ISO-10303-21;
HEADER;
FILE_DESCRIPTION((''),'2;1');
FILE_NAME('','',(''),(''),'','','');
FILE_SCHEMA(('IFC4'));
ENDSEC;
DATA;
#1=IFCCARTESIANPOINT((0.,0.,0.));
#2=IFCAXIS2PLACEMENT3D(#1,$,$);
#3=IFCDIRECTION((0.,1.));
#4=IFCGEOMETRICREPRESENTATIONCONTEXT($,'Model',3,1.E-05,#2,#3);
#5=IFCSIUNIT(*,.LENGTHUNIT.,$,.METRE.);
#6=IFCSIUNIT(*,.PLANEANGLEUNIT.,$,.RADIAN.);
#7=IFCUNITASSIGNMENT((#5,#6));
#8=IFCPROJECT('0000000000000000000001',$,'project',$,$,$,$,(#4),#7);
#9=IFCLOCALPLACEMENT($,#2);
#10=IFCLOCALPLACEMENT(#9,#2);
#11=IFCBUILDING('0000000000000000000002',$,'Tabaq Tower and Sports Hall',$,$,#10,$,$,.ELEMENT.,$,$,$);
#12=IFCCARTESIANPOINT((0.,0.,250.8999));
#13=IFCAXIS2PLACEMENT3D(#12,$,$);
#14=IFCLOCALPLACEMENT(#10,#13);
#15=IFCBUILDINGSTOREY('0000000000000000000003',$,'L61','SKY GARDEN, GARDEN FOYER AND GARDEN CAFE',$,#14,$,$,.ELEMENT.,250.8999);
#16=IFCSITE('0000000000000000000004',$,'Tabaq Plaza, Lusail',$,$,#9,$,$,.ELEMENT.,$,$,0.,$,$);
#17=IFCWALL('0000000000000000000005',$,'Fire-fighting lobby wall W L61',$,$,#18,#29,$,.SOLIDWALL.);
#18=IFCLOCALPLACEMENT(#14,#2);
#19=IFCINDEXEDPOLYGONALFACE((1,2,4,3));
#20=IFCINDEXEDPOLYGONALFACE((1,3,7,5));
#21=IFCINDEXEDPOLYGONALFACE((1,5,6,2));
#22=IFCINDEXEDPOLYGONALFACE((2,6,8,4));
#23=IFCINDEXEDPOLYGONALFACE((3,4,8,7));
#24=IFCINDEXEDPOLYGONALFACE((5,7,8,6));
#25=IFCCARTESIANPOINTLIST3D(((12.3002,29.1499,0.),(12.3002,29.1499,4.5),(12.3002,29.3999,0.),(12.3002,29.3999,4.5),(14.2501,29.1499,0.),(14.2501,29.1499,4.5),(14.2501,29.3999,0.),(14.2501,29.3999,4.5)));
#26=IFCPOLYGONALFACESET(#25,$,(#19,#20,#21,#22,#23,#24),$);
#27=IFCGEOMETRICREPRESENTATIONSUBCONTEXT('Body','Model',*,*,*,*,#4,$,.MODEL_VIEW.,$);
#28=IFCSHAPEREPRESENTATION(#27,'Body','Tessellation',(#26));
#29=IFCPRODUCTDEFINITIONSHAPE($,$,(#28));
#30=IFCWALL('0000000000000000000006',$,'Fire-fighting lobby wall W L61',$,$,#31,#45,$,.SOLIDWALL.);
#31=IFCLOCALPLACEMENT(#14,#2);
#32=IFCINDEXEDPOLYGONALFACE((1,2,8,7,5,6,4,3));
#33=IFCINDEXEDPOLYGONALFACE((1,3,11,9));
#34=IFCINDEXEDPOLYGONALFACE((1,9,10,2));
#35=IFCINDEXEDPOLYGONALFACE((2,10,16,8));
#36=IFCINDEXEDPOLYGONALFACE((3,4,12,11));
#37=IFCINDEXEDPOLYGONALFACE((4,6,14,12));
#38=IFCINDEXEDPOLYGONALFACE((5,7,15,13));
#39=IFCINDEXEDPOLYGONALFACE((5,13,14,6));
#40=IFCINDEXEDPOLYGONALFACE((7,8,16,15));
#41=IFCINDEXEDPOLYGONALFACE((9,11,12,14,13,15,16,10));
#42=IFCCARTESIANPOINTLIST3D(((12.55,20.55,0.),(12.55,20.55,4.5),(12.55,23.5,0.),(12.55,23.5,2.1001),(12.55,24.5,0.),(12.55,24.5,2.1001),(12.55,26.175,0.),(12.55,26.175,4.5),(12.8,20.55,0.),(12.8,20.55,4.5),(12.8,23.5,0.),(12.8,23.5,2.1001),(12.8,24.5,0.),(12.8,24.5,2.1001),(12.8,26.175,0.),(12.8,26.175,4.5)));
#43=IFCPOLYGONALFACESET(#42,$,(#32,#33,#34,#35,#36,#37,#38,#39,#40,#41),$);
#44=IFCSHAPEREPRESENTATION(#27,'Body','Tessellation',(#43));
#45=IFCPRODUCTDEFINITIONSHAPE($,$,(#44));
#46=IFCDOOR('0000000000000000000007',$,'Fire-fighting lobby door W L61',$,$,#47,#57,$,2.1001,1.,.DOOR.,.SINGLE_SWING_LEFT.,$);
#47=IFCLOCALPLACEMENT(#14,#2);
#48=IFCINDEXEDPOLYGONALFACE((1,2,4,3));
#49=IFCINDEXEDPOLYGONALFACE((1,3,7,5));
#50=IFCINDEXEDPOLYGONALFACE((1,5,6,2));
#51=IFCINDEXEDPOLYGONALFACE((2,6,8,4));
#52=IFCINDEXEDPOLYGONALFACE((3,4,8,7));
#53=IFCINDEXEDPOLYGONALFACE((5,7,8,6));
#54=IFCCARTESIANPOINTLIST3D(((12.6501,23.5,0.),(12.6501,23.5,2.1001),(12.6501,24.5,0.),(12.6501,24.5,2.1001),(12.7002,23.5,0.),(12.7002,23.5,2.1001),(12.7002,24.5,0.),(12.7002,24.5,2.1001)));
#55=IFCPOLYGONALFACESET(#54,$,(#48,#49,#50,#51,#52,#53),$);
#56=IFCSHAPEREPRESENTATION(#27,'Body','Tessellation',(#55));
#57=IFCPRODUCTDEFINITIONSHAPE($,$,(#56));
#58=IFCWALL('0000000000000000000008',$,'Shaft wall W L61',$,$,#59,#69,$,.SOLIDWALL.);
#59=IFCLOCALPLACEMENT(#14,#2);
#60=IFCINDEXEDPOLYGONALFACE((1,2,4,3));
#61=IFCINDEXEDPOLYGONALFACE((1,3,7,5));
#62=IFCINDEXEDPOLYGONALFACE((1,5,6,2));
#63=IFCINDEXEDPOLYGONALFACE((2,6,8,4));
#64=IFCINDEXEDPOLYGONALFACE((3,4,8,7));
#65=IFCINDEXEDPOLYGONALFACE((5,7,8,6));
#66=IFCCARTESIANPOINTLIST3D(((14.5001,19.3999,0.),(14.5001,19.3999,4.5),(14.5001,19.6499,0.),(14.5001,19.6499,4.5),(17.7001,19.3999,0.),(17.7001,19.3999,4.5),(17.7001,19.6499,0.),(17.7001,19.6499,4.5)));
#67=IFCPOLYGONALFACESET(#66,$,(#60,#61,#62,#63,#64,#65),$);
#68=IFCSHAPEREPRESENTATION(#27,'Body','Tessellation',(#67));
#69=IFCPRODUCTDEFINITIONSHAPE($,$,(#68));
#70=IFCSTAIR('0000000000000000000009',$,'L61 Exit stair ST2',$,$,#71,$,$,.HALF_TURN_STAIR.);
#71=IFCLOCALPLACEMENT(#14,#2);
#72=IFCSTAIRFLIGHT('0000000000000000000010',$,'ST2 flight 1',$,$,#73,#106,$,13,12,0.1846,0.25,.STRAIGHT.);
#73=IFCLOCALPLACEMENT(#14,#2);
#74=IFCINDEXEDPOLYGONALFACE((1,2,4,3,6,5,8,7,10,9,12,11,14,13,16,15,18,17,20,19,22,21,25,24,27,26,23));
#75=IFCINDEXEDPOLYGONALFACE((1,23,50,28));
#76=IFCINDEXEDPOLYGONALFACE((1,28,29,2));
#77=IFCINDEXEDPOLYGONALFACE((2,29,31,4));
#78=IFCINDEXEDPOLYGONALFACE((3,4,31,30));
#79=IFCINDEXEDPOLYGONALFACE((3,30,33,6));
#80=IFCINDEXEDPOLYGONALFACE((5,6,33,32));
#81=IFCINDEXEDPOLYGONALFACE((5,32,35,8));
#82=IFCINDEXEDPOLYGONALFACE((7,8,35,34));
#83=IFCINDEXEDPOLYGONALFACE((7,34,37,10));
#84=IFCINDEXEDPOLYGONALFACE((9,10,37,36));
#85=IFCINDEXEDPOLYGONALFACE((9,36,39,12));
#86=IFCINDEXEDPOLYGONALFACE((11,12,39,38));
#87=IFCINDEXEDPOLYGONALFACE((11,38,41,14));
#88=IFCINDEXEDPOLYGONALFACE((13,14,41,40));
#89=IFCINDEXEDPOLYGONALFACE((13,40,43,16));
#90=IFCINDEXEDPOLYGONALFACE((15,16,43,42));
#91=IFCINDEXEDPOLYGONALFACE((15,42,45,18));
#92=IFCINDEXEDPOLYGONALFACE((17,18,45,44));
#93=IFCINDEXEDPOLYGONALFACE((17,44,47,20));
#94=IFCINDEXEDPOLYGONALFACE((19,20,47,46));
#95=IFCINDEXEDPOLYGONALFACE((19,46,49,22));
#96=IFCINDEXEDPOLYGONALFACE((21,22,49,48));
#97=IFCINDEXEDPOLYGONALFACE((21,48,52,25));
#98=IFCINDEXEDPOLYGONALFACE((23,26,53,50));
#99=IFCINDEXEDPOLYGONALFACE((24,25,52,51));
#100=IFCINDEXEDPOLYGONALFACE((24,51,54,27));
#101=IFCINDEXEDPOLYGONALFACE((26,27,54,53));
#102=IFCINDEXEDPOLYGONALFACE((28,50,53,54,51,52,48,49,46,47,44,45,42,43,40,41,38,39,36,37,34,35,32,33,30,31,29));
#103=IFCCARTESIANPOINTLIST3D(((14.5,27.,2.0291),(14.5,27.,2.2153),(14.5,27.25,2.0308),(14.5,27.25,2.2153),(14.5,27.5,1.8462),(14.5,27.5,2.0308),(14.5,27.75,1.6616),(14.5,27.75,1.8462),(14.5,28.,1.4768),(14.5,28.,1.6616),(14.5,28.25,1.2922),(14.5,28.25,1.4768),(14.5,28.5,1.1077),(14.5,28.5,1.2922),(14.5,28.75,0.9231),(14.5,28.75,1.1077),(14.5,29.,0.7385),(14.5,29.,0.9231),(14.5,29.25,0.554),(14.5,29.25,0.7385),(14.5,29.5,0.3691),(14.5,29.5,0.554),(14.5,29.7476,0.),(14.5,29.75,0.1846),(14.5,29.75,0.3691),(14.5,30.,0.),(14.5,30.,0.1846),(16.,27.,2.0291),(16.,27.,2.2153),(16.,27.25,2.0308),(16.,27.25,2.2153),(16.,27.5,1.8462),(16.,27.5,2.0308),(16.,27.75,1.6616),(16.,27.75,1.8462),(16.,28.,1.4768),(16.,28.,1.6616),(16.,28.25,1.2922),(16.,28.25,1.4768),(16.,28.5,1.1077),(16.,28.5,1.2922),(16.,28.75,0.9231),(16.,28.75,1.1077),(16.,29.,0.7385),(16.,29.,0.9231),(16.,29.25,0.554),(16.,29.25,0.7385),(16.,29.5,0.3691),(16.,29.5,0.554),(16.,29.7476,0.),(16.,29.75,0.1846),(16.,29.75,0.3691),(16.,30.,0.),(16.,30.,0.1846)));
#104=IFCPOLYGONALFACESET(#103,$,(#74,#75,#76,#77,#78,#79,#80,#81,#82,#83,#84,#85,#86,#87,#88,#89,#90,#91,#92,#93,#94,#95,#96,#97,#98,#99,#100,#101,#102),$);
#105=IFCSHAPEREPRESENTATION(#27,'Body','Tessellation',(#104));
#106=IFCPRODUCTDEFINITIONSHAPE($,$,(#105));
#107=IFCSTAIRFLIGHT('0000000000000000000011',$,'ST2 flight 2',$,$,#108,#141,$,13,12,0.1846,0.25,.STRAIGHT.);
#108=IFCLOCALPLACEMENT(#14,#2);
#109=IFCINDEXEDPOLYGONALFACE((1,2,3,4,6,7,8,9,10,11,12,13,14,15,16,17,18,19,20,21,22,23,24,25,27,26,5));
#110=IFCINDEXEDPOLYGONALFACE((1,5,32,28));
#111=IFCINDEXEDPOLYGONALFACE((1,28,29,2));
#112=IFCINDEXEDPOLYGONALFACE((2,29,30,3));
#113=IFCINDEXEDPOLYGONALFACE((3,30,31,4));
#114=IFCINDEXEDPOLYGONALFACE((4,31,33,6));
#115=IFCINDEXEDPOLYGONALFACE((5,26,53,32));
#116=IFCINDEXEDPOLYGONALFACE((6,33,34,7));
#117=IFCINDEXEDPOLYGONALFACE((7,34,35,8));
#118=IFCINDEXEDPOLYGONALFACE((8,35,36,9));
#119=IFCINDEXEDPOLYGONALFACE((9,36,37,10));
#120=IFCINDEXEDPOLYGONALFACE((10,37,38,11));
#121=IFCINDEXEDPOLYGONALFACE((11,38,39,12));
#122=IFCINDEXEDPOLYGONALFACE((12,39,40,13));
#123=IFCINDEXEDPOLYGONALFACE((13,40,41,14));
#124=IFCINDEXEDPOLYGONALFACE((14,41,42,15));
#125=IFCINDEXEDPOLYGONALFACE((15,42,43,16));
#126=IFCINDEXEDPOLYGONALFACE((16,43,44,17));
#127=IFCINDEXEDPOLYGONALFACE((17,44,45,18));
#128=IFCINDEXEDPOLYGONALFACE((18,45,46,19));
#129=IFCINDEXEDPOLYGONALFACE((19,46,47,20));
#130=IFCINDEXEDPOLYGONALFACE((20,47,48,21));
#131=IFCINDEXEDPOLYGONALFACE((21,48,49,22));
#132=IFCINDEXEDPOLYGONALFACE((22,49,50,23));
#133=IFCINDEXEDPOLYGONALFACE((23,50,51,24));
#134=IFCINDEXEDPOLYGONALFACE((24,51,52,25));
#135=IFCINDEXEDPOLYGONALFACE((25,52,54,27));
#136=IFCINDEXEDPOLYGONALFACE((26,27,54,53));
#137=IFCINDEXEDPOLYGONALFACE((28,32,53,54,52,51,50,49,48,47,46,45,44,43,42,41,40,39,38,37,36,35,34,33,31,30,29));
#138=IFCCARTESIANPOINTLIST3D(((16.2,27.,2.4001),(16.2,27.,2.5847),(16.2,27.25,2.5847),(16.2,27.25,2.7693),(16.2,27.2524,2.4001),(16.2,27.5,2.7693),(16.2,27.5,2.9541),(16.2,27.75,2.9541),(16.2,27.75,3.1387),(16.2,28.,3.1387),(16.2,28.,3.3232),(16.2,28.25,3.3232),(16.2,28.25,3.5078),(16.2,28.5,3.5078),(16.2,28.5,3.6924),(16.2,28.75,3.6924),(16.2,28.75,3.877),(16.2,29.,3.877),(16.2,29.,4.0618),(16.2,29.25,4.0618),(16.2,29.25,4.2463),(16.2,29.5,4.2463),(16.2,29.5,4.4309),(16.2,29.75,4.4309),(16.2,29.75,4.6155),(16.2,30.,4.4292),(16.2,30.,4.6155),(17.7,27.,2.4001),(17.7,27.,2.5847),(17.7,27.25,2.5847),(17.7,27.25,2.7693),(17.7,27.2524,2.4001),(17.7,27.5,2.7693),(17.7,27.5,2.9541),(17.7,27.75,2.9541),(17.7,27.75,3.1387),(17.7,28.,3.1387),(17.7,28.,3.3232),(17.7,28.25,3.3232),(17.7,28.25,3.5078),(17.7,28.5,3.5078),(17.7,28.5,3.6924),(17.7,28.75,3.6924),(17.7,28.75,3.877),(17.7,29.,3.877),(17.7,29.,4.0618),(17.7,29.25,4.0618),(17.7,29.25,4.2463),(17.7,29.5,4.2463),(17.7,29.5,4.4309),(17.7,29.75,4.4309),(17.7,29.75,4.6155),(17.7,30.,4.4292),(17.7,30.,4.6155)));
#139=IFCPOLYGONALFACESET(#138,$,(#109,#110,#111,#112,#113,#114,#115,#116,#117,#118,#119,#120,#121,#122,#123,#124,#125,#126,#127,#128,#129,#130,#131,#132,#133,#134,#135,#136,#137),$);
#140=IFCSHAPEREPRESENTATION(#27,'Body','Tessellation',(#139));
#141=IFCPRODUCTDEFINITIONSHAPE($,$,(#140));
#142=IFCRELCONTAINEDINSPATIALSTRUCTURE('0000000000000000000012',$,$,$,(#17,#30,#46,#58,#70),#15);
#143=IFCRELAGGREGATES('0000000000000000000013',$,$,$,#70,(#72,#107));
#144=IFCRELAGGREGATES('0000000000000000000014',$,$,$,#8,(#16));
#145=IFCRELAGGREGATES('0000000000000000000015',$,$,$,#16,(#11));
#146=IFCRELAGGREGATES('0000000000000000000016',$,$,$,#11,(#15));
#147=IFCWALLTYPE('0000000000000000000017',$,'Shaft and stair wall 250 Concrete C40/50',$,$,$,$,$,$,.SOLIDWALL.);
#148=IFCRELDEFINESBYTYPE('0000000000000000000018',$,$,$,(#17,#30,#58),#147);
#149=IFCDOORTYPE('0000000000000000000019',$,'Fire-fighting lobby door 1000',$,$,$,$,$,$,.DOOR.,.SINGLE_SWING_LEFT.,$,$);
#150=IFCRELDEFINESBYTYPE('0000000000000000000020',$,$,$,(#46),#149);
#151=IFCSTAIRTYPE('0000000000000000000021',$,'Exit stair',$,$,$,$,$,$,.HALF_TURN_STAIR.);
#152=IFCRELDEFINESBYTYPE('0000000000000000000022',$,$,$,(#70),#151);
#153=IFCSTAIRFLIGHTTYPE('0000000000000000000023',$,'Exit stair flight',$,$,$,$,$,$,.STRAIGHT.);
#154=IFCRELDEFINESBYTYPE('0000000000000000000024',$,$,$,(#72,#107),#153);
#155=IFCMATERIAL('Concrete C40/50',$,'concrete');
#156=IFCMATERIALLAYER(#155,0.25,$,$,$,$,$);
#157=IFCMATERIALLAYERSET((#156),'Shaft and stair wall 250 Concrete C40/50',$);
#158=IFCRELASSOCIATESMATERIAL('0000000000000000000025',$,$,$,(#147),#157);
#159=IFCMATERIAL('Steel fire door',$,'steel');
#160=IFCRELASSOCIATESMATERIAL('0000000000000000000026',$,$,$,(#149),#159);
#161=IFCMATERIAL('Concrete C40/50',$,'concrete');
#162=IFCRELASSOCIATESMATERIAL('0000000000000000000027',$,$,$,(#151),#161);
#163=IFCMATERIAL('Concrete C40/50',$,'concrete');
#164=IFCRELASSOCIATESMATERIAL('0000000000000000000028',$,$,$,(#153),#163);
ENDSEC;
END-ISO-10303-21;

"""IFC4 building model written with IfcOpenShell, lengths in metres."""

from ifc_helpers import new_model, si_unit, direction, frame, frame_2d, origin, place, context, subcontext, project, spatial, polyline, rectangle, outline, extrude, material, layer, layer_set, type_object, element, fill, aggregate, save


model = new_model("IFC4")

# Units and contexts
model_context = context("Model", 3, precision=1e-05, world=origin(), true_north=direction((0.0, 1.0)))
body_context = subcontext(model_context, "Body", "Model", "MODEL_VIEW")
ifc_project = project(units=[si_unit("LENGTHUNIT", "METRE"), si_unit("PLANEANGLEUNIT", "RADIAN")], contexts=[model_context])

# Site, building, storey
site_placement = place(None, origin())
site = spatial("IfcSite", under=ifc_project, at=site_placement, Name="Tabaq Plaza, Lusail", CompositionType="ELEMENT", RefElevation=0.0)
building_placement = place(site_placement, origin())
building = spatial("IfcBuilding", under=site, at=building_placement, Name="Tabaq Tower and Sports Hall", CompositionType="ELEMENT")
storey_placement = place(building_placement, frame((0.0, 0.0, 250.8999)))
storey = spatial("IfcBuildingStorey", under=building, at=storey_placement, Name="L61", Description="SKY GARDEN, GARDEN FOYER AND GARDEN CAFE", CompositionType="ELEMENT", Elevation=250.8999)

# Shared definitions
ifc_material_1 = material(Name="Concrete C40/50", Category="concrete")
ifc_layer_1 = layer(ifc_material_1, 0.25)
ifc_layer_set_1 = layer_set([ifc_layer_1], Name="Shaft and stair wall 250 Concrete C40/50")
wall_type_1 = type_object("IfcWallType", Name="Shaft and stair wall 250 Concrete C40/50", PredefinedType="SOLIDWALL", material=ifc_layer_set_1)

# Shared definitions
ifc_material_2 = material(Name="Steel fire door", Category="steel")
door_type_1 = type_object("IfcDoorType", Name="Fire-fighting lobby door 1000", OperationType="SINGLE_SWING_LEFT", PredefinedType="DOOR", material=ifc_material_2)

# Wall
wall_1_placement = place(storey_placement, frame((12.3, 29.2749, 0.0), z_axis=(0.0, 0.0, 1.0), x_axis=(1.0, 0.0, 0.0)))
element("IfcWall", 1, at=wall_1_placement, inside=storey, type_object=wall_type_1, Name="Fire-fighting lobby wall W L61", PredefinedType="SOLIDWALL", context=body_context, shape_type="SweptSolid", body=[
    extrude(rectangle(XDim=1.95, YDim=0.25, at=frame_2d((0.9751, 0.0))), origin(), (0.0, 0.0, 1.0), 4.5),
])

# Wall, opening, door
wall_2_placement = place(storey_placement, frame((12.675, 20.55, 0.0), z_axis=(0.0, 0.0, 1.0), x_axis=(0.0, 1.0, 0.0)))
wall_2 = element("IfcWall", 2, at=wall_2_placement, inside=storey, type_object=wall_type_1, Name="Fire-fighting lobby wall W L61", PredefinedType="SOLIDWALL", context=body_context, shape_type="SweptSolid", body=[
    extrude(rectangle(XDim=5.625, YDim=0.25, at=frame_2d((2.8125, 0.0))), origin(), (0.0, 0.0, 1.0), 4.5),
])
opening_1_placement = place(wall_2_placement, frame((2.95, 0.0, 0.0)))
opening_1 = element("IfcOpeningElement", 3, at=opening_1_placement, cuts=wall_2, PredefinedType="OPENING", context=body_context, shape_type="SweptSolid", body=[
    extrude(rectangle(XDim=1.0, YDim=2.1001, at=frame_2d((0.5, 1.05))), frame((0.0, 0.125, 0.0), z_axis=(0.0, -1.0, 0.0), x_axis=(1.0, 0.0, 0.0)), (0.0, 0.0, 1.0), 0.25),
])
door_1_placement = place(opening_1_placement, origin())
door_1 = element("IfcDoor", 4, at=door_1_placement, inside=storey, type_object=door_type_1, Name="Fire-fighting lobby door W L61", OperationType="SINGLE_SWING_LEFT", OverallHeight=2.1001, OverallWidth=1.0, PredefinedType="DOOR", context=body_context, shape_type="SweptSolid", body=[
    extrude(rectangle(XDim=1.0, YDim=2.1001, at=frame_2d((0.5, 1.05))), frame((0.0, 0.0249, 0.0), z_axis=(0.0, -1.0, 0.0), x_axis=(1.0, 0.0, 0.0)), (0.0, 0.0, 1.0), 0.05),
])
fill(opening_1, door_1)

# Wall
wall_3_placement = place(storey_placement, frame((14.5, 19.5249, 0.0), z_axis=(0.0, 0.0, 1.0), x_axis=(1.0, 0.0, 0.0)))
element("IfcWall", 5, at=wall_3_placement, inside=storey, type_object=wall_type_1, Name="Shaft wall W L61", PredefinedType="SOLIDWALL", context=body_context, shape_type="SweptSolid", body=[
    extrude(rectangle(XDim=3.2, YDim=0.25, at=frame_2d((1.6001, 0.0))), origin(), (0.0, 0.0, 1.0), 4.5),
])

# Stair, stair flights
ifc_material_3 = material(Name="Concrete C40/50", Category="concrete")
stair_type = type_object("IfcStairType", Name="Exit stair", PredefinedType="HALF_TURN_STAIR", material=ifc_material_3)
stair_placement = place(storey_placement, origin())
stair = element("IfcStair", 6, at=stair_placement, inside=storey, type_object=stair_type, Name="L61 Exit stair ST2", PredefinedType="HALF_TURN_STAIR")
ifc_material_4 = material(Name="Concrete C40/50", Category="concrete")
stair_flight_type = type_object("IfcStairFlightType", Name="Exit stair flight", PredefinedType="STRAIGHT", material=ifc_material_4)
stair_flight_1_placement = place(storey_placement, frame((15.25, 30.0, 0.0), z_axis=(0.0, 0.0, 1.0), x_axis=(0.0, -1.0, 0.0)))
stair_flight_1 = element("IfcStairFlight", 7, at=stair_flight_1_placement, type_object=stair_flight_type, Name="ST2 flight 1", NumberOfRisers=13, NumberOfTreads=12, PredefinedType="STRAIGHT", RiserHeight=0.1846, TreadLength=0.25, context=body_context, shape_type="SweptSolid", body=[
    extrude(outline(polyline([(0.0, 0.0), (0.0, 0.1846), (0.25, 0.1846), (0.25, 0.3691), (0.5, 0.3691), (0.5, 0.554), (0.75, 0.554), (0.75, 0.7385), (1.0, 0.7385), (1.0, 0.9231), (1.25, 0.9231), (1.25, 1.1077), (1.5, 1.1077), (1.5, 1.2922), (1.75, 1.2922), (1.75, 1.4768), (2.0, 1.4768), (2.0, 1.6616), (2.25, 1.6616), (2.25, 1.8462), (2.5, 1.8462), (2.5, 2.0308), (2.75, 2.0308), (2.75, 2.2153), (3.0, 2.2153), (3.0, 2.3999), (3.0, 2.0291), (0.2524, 0.0), (0.0, 0.0)])), frame((0.0, 0.75, 0.0), z_axis=(0.0, -1.0, 0.0), x_axis=(1.0, 0.0, 0.0)), (0.0, 0.0, 1.0), 1.5),
])
stair_flight_2_placement = place(storey_placement, frame((16.95, 27.0, 2.4001), z_axis=(0.0, 0.0, 1.0), x_axis=(0.0, 1.0, 0.0)))
stair_flight_2 = element("IfcStairFlight", 8, at=stair_flight_2_placement, type_object=stair_flight_type, Name="ST2 flight 2", NumberOfRisers=13, NumberOfTreads=12, PredefinedType="STRAIGHT", RiserHeight=0.1846, TreadLength=0.25, context=body_context, shape_type="SweptSolid", body=[
    extrude(outline(polyline([(0.0, 0.0), (0.0, 0.1846), (0.25, 0.1846), (0.25, 0.3691), (0.5, 0.3691), (0.5, 0.554), (0.75, 0.554), (0.75, 0.7385), (1.0, 0.7385), (1.0, 0.9231), (1.25, 0.9231), (1.25, 1.1077), (1.5, 1.1077), (1.5, 1.2922), (1.75, 1.2922), (1.75, 1.4768), (2.0, 1.4768), (2.0, 1.6616), (2.25, 1.6616), (2.25, 1.8462), (2.5, 1.8462), (2.5, 2.0308), (2.75, 2.0308), (2.75, 2.2153), (3.0, 2.2153), (3.0, 2.3999), (3.0, 2.0291), (0.2524, 0.0), (0.0, 0.0)])), frame((0.0, 0.75, 0.0), z_axis=(0.0, -1.0, 0.0), x_axis=(1.0, 0.0, 0.0)), (0.0, 0.0, 1.0), 1.5),
])
aggregate(stair, [stair_flight_1, stair_flight_2])

save(model, "model.ifc")
